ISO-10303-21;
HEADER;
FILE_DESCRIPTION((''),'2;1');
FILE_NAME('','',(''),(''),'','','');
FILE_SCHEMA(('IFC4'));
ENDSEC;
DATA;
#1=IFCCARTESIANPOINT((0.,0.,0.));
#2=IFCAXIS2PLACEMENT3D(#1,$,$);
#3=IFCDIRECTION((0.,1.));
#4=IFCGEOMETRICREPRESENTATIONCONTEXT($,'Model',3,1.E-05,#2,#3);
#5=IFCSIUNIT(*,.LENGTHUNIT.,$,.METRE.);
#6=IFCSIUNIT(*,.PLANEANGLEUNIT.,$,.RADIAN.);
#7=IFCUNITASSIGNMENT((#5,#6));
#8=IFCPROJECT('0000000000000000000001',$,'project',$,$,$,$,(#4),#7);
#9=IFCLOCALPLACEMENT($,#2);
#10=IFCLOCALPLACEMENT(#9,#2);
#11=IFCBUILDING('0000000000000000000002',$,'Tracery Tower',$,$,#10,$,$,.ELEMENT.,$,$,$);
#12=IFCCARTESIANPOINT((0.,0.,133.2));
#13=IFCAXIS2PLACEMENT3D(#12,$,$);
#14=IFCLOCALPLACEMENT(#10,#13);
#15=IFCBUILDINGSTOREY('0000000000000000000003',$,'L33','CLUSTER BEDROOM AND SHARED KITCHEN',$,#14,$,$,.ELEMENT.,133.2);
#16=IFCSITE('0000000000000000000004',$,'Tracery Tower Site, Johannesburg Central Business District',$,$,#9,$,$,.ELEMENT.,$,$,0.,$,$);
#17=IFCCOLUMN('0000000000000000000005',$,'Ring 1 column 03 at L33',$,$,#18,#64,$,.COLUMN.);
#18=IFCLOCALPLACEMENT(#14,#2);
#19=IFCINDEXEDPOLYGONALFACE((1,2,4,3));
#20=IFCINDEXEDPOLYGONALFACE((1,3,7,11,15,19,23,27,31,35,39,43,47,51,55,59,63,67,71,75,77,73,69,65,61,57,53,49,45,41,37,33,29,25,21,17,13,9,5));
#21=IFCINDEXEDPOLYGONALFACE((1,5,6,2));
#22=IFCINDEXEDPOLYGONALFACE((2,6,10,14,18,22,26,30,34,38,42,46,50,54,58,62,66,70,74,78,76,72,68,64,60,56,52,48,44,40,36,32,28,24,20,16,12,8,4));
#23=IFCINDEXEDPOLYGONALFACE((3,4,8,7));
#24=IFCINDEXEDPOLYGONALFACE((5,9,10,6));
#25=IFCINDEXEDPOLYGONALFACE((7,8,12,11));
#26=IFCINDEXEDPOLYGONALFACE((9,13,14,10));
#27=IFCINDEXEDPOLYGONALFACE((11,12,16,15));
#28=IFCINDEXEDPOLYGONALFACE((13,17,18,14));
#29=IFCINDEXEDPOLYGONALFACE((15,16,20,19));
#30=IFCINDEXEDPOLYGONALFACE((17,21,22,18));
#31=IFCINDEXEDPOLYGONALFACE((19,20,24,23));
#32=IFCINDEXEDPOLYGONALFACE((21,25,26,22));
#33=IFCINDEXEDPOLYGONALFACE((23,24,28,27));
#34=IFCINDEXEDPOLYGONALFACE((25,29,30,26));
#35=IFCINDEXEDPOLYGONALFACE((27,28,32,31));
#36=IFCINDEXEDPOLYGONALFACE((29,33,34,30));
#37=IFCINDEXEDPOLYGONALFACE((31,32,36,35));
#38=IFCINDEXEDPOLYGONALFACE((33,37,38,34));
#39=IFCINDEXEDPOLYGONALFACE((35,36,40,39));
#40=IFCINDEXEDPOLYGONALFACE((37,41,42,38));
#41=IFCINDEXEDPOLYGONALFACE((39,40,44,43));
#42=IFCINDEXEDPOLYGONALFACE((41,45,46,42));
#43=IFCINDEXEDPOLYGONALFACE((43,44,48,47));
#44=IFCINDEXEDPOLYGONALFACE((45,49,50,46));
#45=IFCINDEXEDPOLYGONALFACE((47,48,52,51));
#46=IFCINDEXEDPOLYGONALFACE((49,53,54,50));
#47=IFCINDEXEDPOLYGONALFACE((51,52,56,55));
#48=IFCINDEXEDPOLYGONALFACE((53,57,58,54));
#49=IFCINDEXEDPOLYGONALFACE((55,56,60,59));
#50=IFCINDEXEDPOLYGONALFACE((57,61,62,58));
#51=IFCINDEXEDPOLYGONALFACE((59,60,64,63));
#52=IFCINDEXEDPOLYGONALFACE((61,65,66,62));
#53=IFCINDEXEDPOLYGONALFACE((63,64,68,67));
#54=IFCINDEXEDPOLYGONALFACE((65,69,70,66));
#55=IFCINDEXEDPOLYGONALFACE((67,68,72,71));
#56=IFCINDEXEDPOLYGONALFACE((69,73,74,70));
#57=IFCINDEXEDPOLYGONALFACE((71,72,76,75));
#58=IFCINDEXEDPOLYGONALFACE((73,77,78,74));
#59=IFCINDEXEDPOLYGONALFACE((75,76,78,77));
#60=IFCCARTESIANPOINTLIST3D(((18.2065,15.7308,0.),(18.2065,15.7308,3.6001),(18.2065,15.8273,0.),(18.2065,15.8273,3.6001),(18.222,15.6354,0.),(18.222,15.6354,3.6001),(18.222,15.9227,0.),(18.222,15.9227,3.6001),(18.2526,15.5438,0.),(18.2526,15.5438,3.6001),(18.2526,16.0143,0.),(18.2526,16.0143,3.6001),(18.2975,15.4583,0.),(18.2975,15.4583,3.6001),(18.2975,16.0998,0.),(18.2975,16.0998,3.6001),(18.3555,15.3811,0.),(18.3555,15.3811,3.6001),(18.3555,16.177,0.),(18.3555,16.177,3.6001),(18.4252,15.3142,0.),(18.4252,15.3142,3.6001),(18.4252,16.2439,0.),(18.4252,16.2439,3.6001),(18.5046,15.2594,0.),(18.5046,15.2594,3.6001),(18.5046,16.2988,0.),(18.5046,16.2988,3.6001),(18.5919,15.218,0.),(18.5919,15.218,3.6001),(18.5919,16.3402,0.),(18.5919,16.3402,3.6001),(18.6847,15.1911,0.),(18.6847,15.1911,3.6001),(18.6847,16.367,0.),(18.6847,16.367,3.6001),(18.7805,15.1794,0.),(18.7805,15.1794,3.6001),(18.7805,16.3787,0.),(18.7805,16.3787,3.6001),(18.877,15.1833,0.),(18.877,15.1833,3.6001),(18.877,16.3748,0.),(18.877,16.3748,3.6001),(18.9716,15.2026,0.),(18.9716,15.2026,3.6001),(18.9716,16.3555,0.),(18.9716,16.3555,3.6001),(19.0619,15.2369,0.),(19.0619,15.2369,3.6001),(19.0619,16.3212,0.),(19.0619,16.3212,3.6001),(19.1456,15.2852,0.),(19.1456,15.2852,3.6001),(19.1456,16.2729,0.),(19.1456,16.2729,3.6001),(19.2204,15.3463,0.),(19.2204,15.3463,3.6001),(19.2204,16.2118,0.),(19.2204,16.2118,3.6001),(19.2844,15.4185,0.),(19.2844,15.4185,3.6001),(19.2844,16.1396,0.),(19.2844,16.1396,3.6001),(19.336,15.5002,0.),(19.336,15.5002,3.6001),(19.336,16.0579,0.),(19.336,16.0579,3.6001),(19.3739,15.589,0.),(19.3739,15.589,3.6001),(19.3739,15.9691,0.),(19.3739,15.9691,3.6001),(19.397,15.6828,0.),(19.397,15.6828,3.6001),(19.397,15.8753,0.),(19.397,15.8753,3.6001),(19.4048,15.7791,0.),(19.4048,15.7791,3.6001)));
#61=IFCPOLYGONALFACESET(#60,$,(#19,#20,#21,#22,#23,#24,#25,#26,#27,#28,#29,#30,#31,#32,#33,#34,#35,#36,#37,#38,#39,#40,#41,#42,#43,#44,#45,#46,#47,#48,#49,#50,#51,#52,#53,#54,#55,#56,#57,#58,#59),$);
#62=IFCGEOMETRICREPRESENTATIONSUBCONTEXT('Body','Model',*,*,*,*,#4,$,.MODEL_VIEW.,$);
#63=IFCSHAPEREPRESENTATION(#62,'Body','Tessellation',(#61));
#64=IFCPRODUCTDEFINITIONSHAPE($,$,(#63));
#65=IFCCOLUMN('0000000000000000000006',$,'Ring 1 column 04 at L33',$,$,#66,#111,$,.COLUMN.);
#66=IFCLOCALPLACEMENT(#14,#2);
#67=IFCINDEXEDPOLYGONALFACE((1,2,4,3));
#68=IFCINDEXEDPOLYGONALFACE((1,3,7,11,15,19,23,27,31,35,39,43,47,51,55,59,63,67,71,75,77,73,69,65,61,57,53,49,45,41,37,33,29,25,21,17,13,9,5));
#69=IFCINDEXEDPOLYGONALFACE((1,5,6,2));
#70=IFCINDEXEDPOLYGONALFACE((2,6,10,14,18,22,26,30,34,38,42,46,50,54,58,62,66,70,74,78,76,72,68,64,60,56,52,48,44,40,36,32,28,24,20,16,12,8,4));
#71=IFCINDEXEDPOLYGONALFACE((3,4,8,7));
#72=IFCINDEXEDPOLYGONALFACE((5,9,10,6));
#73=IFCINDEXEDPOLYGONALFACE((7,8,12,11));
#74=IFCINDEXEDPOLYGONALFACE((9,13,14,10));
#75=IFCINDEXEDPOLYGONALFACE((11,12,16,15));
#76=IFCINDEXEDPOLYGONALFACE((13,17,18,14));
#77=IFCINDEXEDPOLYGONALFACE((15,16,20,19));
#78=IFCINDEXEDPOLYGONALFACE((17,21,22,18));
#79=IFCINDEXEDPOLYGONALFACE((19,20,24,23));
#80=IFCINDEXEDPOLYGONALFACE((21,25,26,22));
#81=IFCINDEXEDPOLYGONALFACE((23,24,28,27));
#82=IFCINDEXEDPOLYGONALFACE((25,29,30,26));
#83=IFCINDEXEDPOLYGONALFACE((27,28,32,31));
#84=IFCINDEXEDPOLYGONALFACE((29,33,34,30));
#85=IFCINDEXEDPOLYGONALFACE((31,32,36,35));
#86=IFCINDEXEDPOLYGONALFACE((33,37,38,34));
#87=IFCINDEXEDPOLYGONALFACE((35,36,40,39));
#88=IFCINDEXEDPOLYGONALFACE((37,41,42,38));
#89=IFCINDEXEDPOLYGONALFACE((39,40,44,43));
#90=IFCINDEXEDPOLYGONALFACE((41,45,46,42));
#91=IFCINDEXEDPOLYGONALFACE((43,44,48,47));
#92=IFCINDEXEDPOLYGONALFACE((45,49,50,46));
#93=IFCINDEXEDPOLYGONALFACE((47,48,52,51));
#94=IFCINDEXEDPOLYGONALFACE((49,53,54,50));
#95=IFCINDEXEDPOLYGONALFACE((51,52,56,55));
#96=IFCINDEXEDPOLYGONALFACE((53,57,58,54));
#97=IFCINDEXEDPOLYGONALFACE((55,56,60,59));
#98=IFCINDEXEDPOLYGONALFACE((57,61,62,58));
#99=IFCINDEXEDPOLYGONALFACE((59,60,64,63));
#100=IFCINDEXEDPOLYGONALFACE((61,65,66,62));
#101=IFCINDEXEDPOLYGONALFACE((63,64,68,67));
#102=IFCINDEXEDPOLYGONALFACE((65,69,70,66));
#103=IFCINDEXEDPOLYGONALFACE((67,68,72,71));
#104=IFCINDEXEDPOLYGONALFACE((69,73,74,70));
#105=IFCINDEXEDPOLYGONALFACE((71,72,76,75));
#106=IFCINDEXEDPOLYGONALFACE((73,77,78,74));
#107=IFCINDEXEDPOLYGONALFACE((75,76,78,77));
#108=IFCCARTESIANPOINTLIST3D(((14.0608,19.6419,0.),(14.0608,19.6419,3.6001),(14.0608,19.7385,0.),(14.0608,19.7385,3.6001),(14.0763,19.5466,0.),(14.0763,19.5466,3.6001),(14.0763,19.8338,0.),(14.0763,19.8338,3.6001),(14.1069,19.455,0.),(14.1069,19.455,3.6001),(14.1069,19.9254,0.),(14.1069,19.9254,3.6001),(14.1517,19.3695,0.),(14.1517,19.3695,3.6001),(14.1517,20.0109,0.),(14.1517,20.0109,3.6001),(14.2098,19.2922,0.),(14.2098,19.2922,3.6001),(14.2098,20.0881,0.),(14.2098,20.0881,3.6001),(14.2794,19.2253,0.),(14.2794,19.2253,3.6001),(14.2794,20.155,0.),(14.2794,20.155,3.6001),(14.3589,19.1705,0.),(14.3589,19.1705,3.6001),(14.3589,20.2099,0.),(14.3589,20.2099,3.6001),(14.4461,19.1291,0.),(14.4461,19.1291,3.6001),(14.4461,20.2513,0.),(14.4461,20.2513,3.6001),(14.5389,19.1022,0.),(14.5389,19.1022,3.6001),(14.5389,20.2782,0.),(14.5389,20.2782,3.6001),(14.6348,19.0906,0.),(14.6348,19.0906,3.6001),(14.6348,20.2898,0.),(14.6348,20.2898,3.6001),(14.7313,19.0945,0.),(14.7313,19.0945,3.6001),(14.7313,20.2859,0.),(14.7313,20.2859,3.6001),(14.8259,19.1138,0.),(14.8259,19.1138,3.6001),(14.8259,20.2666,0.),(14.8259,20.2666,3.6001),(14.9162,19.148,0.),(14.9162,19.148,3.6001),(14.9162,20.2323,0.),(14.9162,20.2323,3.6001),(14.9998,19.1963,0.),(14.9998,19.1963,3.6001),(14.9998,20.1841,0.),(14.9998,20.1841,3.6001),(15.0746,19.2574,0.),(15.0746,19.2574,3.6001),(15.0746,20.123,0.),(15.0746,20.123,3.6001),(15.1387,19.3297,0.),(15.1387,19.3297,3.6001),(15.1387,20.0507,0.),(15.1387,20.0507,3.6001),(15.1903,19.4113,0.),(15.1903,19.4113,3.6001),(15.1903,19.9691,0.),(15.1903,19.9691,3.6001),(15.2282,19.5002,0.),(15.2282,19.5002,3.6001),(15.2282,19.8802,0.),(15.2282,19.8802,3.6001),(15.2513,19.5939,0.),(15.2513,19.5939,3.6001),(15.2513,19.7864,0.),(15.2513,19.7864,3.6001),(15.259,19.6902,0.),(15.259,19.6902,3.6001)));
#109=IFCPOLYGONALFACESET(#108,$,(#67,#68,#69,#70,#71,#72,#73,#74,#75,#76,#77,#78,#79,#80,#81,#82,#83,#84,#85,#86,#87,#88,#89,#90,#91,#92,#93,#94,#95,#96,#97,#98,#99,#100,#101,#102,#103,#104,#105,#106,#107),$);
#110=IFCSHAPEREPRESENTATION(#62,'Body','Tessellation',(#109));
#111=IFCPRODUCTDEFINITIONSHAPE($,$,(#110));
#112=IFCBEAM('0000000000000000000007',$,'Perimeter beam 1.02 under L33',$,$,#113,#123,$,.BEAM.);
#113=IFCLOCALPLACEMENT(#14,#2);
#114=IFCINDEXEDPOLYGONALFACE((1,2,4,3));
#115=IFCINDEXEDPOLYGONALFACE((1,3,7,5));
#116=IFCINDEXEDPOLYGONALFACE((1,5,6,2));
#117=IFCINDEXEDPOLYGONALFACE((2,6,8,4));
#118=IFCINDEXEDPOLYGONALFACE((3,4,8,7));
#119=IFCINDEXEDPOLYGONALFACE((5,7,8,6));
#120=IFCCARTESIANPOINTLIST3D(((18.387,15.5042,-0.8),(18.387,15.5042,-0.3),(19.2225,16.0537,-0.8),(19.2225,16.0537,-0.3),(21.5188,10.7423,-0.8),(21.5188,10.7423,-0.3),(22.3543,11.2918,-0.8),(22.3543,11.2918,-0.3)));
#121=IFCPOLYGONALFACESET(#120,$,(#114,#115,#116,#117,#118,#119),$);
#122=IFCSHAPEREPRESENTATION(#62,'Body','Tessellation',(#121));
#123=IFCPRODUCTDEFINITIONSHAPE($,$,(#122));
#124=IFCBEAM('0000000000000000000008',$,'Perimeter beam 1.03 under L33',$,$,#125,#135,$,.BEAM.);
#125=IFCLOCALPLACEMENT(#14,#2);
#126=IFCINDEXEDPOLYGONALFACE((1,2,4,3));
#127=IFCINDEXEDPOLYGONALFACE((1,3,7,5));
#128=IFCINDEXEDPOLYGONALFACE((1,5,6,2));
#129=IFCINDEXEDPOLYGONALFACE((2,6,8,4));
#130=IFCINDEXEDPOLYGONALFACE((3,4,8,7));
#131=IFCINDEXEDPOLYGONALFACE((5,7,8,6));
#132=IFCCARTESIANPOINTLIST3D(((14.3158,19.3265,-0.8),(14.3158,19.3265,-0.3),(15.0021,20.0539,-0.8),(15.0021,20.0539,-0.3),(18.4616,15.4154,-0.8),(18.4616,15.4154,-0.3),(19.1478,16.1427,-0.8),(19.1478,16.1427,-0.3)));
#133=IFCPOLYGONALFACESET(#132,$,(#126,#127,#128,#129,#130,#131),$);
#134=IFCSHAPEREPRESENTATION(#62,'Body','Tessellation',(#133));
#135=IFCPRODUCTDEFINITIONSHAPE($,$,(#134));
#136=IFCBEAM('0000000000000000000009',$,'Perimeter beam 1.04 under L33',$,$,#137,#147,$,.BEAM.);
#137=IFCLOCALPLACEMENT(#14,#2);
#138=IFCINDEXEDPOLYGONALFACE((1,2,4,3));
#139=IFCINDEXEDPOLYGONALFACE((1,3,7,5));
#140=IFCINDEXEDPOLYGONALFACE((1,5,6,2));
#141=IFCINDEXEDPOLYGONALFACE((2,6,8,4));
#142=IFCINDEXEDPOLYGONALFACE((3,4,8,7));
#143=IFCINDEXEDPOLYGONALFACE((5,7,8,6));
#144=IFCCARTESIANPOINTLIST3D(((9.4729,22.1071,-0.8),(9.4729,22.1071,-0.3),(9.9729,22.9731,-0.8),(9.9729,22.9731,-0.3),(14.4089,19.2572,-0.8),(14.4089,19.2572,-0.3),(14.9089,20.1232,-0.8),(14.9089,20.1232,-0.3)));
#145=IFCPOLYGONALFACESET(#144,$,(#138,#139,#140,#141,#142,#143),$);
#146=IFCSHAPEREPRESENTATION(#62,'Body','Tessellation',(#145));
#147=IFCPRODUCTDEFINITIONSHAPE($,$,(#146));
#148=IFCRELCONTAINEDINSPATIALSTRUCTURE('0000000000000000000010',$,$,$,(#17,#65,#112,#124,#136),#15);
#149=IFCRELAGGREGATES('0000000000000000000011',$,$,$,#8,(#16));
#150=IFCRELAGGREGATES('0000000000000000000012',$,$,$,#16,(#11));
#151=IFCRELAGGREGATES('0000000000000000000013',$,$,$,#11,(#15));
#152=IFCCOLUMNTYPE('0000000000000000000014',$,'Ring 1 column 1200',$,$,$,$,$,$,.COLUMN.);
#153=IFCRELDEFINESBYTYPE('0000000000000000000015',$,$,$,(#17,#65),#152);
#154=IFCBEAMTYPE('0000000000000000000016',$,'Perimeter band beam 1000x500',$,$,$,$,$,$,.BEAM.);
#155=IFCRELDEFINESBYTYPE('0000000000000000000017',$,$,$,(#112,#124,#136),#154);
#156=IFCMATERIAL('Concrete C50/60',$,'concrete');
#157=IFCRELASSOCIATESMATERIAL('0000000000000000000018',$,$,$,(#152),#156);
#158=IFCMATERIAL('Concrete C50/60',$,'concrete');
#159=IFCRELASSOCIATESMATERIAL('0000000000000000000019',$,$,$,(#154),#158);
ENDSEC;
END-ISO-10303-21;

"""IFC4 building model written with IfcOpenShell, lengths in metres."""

from ifc_helpers import new_model, si_unit, direction, frame, origin, origin_2d, place, context, subcontext, project, spatial, rectangle, circle, extrude, material, material_profile, profile_set, type_object, element, save


model = new_model("IFC4")

# Units and contexts
model_context = context("Model", 3, precision=1e-05, world=origin(), true_north=direction((0.0, 1.0)))
body_context = subcontext(model_context, "Body", "Model", "MODEL_VIEW")
ifc_project = project(units=[si_unit("LENGTHUNIT", "METRE"), si_unit("PLANEANGLEUNIT", "RADIAN")], contexts=[model_context])

# Site, building, storey
site_placement = place(None, origin())
site = spatial("IfcSite", under=ifc_project, at=site_placement, Name="Tracery Tower Site, Johannesburg Central Business District", CompositionType="ELEMENT", RefElevation=0.0)
building_placement = place(site_placement, origin())
building = spatial("IfcBuilding", under=site, at=building_placement, Name="Tracery Tower", CompositionType="ELEMENT")
storey_placement = place(building_placement, frame((0.0, 0.0, 133.2)))
storey = spatial("IfcBuildingStorey", under=building, at=storey_placement, Name="L33", Description="CLUSTER BEDROOM AND SHARED KITCHEN", CompositionType="ELEMENT", Elevation=133.2)

# Columns
ifc_material_1 = material(Name="Concrete C50/60", Category="concrete")
ifc_material_profile_1 = material_profile(ifc_material_1, circle(Radius=0.6001, at=origin_2d()), Name="RC D1200")
ifc_profile_set_1 = profile_set([ifc_material_profile_1], Name="Concrete C50/60")
column_type = type_object("IfcColumnType", Name="Ring 1 column 1200", PredefinedType="COLUMN", material=ifc_profile_set_1)
for number, where, z_axis, x_axis, name in (
    (1, (18.8047, 15.7791, 0.0), (0.0, 0.0, 1.0), (1.0, 0.0, 0.0), "Ring 1 column 03 at L33"),
    (2, (14.6589, 19.6902, 0.0), (0.0, 0.0, 1.0), (1.0, 0.0, 0.0), "Ring 1 column 04 at L33"),
):
    element("IfcColumn", number, at=place(storey_placement, frame(where, z_axis=z_axis, x_axis=x_axis)), inside=storey, type_object=column_type, Name=name, PredefinedType="COLUMN", context=body_context, shape_type="SweptSolid", body=[
        extrude(circle(Radius=0.6001, at=origin_2d()), origin(), (0.0, 0.0, 1.0), 3.6001),
    ])

# Beams
ifc_material_2 = material(Name="Concrete C50/60", Category="concrete")
ifc_material_profile_2 = material_profile(ifc_material_2, rectangle(XDim=1.0, YDim=0.5, at=origin_2d()), Name="RC 1000x500")
ifc_profile_set_2 = profile_set([ifc_material_profile_2], Name="Concrete C50/60")
beam_type = type_object("IfcBeamType", Name="Perimeter band beam 1000x500", PredefinedType="BEAM", material=ifc_profile_set_2)
for number, where, z_axis, x_axis, name in (
    (3, (21.9365, 11.0171, -0.55), (-0.54949, 0.8355, 0.0), (-0.8355, -0.54949, 0.0), "Perimeter beam 1.02 under L33"),
    (4, (18.8047, 15.7791, -0.55), (-0.72739, 0.686225, 0.0), (-0.686225, -0.72739, 0.0), "Perimeter beam 1.03 under L33"),
):
    element("IfcBeam", number, at=place(storey_placement, frame(where, z_axis=z_axis, x_axis=x_axis)), inside=storey, type_object=beam_type, Name=name, PredefinedType="BEAM", context=body_context, shape_type="SweptSolid", body=[
        extrude(rectangle(XDim=1.0, YDim=0.5, at=origin_2d()), origin(), (0.0, 0.0, 1.0), 5.6995),
    ])
beam_placement = place(storey_placement, frame((14.6589, 19.6902, -0.55), z_axis=(-0.866023, 0.500004, 0.0), x_axis=(-0.500004, -0.866023, 0.0)))
element("IfcBeam", 5, at=beam_placement, inside=storey, type_object=beam_type, Name="Perimeter beam 1.04 under L33", PredefinedType="BEAM", context=body_context, shape_type="SweptSolid", body=[
    extrude(rectangle(XDim=1.0, YDim=0.5, at=origin_2d()), origin(), (0.0, 0.0, 1.0), 5.6997),
])

save(model, "model.ifc")
